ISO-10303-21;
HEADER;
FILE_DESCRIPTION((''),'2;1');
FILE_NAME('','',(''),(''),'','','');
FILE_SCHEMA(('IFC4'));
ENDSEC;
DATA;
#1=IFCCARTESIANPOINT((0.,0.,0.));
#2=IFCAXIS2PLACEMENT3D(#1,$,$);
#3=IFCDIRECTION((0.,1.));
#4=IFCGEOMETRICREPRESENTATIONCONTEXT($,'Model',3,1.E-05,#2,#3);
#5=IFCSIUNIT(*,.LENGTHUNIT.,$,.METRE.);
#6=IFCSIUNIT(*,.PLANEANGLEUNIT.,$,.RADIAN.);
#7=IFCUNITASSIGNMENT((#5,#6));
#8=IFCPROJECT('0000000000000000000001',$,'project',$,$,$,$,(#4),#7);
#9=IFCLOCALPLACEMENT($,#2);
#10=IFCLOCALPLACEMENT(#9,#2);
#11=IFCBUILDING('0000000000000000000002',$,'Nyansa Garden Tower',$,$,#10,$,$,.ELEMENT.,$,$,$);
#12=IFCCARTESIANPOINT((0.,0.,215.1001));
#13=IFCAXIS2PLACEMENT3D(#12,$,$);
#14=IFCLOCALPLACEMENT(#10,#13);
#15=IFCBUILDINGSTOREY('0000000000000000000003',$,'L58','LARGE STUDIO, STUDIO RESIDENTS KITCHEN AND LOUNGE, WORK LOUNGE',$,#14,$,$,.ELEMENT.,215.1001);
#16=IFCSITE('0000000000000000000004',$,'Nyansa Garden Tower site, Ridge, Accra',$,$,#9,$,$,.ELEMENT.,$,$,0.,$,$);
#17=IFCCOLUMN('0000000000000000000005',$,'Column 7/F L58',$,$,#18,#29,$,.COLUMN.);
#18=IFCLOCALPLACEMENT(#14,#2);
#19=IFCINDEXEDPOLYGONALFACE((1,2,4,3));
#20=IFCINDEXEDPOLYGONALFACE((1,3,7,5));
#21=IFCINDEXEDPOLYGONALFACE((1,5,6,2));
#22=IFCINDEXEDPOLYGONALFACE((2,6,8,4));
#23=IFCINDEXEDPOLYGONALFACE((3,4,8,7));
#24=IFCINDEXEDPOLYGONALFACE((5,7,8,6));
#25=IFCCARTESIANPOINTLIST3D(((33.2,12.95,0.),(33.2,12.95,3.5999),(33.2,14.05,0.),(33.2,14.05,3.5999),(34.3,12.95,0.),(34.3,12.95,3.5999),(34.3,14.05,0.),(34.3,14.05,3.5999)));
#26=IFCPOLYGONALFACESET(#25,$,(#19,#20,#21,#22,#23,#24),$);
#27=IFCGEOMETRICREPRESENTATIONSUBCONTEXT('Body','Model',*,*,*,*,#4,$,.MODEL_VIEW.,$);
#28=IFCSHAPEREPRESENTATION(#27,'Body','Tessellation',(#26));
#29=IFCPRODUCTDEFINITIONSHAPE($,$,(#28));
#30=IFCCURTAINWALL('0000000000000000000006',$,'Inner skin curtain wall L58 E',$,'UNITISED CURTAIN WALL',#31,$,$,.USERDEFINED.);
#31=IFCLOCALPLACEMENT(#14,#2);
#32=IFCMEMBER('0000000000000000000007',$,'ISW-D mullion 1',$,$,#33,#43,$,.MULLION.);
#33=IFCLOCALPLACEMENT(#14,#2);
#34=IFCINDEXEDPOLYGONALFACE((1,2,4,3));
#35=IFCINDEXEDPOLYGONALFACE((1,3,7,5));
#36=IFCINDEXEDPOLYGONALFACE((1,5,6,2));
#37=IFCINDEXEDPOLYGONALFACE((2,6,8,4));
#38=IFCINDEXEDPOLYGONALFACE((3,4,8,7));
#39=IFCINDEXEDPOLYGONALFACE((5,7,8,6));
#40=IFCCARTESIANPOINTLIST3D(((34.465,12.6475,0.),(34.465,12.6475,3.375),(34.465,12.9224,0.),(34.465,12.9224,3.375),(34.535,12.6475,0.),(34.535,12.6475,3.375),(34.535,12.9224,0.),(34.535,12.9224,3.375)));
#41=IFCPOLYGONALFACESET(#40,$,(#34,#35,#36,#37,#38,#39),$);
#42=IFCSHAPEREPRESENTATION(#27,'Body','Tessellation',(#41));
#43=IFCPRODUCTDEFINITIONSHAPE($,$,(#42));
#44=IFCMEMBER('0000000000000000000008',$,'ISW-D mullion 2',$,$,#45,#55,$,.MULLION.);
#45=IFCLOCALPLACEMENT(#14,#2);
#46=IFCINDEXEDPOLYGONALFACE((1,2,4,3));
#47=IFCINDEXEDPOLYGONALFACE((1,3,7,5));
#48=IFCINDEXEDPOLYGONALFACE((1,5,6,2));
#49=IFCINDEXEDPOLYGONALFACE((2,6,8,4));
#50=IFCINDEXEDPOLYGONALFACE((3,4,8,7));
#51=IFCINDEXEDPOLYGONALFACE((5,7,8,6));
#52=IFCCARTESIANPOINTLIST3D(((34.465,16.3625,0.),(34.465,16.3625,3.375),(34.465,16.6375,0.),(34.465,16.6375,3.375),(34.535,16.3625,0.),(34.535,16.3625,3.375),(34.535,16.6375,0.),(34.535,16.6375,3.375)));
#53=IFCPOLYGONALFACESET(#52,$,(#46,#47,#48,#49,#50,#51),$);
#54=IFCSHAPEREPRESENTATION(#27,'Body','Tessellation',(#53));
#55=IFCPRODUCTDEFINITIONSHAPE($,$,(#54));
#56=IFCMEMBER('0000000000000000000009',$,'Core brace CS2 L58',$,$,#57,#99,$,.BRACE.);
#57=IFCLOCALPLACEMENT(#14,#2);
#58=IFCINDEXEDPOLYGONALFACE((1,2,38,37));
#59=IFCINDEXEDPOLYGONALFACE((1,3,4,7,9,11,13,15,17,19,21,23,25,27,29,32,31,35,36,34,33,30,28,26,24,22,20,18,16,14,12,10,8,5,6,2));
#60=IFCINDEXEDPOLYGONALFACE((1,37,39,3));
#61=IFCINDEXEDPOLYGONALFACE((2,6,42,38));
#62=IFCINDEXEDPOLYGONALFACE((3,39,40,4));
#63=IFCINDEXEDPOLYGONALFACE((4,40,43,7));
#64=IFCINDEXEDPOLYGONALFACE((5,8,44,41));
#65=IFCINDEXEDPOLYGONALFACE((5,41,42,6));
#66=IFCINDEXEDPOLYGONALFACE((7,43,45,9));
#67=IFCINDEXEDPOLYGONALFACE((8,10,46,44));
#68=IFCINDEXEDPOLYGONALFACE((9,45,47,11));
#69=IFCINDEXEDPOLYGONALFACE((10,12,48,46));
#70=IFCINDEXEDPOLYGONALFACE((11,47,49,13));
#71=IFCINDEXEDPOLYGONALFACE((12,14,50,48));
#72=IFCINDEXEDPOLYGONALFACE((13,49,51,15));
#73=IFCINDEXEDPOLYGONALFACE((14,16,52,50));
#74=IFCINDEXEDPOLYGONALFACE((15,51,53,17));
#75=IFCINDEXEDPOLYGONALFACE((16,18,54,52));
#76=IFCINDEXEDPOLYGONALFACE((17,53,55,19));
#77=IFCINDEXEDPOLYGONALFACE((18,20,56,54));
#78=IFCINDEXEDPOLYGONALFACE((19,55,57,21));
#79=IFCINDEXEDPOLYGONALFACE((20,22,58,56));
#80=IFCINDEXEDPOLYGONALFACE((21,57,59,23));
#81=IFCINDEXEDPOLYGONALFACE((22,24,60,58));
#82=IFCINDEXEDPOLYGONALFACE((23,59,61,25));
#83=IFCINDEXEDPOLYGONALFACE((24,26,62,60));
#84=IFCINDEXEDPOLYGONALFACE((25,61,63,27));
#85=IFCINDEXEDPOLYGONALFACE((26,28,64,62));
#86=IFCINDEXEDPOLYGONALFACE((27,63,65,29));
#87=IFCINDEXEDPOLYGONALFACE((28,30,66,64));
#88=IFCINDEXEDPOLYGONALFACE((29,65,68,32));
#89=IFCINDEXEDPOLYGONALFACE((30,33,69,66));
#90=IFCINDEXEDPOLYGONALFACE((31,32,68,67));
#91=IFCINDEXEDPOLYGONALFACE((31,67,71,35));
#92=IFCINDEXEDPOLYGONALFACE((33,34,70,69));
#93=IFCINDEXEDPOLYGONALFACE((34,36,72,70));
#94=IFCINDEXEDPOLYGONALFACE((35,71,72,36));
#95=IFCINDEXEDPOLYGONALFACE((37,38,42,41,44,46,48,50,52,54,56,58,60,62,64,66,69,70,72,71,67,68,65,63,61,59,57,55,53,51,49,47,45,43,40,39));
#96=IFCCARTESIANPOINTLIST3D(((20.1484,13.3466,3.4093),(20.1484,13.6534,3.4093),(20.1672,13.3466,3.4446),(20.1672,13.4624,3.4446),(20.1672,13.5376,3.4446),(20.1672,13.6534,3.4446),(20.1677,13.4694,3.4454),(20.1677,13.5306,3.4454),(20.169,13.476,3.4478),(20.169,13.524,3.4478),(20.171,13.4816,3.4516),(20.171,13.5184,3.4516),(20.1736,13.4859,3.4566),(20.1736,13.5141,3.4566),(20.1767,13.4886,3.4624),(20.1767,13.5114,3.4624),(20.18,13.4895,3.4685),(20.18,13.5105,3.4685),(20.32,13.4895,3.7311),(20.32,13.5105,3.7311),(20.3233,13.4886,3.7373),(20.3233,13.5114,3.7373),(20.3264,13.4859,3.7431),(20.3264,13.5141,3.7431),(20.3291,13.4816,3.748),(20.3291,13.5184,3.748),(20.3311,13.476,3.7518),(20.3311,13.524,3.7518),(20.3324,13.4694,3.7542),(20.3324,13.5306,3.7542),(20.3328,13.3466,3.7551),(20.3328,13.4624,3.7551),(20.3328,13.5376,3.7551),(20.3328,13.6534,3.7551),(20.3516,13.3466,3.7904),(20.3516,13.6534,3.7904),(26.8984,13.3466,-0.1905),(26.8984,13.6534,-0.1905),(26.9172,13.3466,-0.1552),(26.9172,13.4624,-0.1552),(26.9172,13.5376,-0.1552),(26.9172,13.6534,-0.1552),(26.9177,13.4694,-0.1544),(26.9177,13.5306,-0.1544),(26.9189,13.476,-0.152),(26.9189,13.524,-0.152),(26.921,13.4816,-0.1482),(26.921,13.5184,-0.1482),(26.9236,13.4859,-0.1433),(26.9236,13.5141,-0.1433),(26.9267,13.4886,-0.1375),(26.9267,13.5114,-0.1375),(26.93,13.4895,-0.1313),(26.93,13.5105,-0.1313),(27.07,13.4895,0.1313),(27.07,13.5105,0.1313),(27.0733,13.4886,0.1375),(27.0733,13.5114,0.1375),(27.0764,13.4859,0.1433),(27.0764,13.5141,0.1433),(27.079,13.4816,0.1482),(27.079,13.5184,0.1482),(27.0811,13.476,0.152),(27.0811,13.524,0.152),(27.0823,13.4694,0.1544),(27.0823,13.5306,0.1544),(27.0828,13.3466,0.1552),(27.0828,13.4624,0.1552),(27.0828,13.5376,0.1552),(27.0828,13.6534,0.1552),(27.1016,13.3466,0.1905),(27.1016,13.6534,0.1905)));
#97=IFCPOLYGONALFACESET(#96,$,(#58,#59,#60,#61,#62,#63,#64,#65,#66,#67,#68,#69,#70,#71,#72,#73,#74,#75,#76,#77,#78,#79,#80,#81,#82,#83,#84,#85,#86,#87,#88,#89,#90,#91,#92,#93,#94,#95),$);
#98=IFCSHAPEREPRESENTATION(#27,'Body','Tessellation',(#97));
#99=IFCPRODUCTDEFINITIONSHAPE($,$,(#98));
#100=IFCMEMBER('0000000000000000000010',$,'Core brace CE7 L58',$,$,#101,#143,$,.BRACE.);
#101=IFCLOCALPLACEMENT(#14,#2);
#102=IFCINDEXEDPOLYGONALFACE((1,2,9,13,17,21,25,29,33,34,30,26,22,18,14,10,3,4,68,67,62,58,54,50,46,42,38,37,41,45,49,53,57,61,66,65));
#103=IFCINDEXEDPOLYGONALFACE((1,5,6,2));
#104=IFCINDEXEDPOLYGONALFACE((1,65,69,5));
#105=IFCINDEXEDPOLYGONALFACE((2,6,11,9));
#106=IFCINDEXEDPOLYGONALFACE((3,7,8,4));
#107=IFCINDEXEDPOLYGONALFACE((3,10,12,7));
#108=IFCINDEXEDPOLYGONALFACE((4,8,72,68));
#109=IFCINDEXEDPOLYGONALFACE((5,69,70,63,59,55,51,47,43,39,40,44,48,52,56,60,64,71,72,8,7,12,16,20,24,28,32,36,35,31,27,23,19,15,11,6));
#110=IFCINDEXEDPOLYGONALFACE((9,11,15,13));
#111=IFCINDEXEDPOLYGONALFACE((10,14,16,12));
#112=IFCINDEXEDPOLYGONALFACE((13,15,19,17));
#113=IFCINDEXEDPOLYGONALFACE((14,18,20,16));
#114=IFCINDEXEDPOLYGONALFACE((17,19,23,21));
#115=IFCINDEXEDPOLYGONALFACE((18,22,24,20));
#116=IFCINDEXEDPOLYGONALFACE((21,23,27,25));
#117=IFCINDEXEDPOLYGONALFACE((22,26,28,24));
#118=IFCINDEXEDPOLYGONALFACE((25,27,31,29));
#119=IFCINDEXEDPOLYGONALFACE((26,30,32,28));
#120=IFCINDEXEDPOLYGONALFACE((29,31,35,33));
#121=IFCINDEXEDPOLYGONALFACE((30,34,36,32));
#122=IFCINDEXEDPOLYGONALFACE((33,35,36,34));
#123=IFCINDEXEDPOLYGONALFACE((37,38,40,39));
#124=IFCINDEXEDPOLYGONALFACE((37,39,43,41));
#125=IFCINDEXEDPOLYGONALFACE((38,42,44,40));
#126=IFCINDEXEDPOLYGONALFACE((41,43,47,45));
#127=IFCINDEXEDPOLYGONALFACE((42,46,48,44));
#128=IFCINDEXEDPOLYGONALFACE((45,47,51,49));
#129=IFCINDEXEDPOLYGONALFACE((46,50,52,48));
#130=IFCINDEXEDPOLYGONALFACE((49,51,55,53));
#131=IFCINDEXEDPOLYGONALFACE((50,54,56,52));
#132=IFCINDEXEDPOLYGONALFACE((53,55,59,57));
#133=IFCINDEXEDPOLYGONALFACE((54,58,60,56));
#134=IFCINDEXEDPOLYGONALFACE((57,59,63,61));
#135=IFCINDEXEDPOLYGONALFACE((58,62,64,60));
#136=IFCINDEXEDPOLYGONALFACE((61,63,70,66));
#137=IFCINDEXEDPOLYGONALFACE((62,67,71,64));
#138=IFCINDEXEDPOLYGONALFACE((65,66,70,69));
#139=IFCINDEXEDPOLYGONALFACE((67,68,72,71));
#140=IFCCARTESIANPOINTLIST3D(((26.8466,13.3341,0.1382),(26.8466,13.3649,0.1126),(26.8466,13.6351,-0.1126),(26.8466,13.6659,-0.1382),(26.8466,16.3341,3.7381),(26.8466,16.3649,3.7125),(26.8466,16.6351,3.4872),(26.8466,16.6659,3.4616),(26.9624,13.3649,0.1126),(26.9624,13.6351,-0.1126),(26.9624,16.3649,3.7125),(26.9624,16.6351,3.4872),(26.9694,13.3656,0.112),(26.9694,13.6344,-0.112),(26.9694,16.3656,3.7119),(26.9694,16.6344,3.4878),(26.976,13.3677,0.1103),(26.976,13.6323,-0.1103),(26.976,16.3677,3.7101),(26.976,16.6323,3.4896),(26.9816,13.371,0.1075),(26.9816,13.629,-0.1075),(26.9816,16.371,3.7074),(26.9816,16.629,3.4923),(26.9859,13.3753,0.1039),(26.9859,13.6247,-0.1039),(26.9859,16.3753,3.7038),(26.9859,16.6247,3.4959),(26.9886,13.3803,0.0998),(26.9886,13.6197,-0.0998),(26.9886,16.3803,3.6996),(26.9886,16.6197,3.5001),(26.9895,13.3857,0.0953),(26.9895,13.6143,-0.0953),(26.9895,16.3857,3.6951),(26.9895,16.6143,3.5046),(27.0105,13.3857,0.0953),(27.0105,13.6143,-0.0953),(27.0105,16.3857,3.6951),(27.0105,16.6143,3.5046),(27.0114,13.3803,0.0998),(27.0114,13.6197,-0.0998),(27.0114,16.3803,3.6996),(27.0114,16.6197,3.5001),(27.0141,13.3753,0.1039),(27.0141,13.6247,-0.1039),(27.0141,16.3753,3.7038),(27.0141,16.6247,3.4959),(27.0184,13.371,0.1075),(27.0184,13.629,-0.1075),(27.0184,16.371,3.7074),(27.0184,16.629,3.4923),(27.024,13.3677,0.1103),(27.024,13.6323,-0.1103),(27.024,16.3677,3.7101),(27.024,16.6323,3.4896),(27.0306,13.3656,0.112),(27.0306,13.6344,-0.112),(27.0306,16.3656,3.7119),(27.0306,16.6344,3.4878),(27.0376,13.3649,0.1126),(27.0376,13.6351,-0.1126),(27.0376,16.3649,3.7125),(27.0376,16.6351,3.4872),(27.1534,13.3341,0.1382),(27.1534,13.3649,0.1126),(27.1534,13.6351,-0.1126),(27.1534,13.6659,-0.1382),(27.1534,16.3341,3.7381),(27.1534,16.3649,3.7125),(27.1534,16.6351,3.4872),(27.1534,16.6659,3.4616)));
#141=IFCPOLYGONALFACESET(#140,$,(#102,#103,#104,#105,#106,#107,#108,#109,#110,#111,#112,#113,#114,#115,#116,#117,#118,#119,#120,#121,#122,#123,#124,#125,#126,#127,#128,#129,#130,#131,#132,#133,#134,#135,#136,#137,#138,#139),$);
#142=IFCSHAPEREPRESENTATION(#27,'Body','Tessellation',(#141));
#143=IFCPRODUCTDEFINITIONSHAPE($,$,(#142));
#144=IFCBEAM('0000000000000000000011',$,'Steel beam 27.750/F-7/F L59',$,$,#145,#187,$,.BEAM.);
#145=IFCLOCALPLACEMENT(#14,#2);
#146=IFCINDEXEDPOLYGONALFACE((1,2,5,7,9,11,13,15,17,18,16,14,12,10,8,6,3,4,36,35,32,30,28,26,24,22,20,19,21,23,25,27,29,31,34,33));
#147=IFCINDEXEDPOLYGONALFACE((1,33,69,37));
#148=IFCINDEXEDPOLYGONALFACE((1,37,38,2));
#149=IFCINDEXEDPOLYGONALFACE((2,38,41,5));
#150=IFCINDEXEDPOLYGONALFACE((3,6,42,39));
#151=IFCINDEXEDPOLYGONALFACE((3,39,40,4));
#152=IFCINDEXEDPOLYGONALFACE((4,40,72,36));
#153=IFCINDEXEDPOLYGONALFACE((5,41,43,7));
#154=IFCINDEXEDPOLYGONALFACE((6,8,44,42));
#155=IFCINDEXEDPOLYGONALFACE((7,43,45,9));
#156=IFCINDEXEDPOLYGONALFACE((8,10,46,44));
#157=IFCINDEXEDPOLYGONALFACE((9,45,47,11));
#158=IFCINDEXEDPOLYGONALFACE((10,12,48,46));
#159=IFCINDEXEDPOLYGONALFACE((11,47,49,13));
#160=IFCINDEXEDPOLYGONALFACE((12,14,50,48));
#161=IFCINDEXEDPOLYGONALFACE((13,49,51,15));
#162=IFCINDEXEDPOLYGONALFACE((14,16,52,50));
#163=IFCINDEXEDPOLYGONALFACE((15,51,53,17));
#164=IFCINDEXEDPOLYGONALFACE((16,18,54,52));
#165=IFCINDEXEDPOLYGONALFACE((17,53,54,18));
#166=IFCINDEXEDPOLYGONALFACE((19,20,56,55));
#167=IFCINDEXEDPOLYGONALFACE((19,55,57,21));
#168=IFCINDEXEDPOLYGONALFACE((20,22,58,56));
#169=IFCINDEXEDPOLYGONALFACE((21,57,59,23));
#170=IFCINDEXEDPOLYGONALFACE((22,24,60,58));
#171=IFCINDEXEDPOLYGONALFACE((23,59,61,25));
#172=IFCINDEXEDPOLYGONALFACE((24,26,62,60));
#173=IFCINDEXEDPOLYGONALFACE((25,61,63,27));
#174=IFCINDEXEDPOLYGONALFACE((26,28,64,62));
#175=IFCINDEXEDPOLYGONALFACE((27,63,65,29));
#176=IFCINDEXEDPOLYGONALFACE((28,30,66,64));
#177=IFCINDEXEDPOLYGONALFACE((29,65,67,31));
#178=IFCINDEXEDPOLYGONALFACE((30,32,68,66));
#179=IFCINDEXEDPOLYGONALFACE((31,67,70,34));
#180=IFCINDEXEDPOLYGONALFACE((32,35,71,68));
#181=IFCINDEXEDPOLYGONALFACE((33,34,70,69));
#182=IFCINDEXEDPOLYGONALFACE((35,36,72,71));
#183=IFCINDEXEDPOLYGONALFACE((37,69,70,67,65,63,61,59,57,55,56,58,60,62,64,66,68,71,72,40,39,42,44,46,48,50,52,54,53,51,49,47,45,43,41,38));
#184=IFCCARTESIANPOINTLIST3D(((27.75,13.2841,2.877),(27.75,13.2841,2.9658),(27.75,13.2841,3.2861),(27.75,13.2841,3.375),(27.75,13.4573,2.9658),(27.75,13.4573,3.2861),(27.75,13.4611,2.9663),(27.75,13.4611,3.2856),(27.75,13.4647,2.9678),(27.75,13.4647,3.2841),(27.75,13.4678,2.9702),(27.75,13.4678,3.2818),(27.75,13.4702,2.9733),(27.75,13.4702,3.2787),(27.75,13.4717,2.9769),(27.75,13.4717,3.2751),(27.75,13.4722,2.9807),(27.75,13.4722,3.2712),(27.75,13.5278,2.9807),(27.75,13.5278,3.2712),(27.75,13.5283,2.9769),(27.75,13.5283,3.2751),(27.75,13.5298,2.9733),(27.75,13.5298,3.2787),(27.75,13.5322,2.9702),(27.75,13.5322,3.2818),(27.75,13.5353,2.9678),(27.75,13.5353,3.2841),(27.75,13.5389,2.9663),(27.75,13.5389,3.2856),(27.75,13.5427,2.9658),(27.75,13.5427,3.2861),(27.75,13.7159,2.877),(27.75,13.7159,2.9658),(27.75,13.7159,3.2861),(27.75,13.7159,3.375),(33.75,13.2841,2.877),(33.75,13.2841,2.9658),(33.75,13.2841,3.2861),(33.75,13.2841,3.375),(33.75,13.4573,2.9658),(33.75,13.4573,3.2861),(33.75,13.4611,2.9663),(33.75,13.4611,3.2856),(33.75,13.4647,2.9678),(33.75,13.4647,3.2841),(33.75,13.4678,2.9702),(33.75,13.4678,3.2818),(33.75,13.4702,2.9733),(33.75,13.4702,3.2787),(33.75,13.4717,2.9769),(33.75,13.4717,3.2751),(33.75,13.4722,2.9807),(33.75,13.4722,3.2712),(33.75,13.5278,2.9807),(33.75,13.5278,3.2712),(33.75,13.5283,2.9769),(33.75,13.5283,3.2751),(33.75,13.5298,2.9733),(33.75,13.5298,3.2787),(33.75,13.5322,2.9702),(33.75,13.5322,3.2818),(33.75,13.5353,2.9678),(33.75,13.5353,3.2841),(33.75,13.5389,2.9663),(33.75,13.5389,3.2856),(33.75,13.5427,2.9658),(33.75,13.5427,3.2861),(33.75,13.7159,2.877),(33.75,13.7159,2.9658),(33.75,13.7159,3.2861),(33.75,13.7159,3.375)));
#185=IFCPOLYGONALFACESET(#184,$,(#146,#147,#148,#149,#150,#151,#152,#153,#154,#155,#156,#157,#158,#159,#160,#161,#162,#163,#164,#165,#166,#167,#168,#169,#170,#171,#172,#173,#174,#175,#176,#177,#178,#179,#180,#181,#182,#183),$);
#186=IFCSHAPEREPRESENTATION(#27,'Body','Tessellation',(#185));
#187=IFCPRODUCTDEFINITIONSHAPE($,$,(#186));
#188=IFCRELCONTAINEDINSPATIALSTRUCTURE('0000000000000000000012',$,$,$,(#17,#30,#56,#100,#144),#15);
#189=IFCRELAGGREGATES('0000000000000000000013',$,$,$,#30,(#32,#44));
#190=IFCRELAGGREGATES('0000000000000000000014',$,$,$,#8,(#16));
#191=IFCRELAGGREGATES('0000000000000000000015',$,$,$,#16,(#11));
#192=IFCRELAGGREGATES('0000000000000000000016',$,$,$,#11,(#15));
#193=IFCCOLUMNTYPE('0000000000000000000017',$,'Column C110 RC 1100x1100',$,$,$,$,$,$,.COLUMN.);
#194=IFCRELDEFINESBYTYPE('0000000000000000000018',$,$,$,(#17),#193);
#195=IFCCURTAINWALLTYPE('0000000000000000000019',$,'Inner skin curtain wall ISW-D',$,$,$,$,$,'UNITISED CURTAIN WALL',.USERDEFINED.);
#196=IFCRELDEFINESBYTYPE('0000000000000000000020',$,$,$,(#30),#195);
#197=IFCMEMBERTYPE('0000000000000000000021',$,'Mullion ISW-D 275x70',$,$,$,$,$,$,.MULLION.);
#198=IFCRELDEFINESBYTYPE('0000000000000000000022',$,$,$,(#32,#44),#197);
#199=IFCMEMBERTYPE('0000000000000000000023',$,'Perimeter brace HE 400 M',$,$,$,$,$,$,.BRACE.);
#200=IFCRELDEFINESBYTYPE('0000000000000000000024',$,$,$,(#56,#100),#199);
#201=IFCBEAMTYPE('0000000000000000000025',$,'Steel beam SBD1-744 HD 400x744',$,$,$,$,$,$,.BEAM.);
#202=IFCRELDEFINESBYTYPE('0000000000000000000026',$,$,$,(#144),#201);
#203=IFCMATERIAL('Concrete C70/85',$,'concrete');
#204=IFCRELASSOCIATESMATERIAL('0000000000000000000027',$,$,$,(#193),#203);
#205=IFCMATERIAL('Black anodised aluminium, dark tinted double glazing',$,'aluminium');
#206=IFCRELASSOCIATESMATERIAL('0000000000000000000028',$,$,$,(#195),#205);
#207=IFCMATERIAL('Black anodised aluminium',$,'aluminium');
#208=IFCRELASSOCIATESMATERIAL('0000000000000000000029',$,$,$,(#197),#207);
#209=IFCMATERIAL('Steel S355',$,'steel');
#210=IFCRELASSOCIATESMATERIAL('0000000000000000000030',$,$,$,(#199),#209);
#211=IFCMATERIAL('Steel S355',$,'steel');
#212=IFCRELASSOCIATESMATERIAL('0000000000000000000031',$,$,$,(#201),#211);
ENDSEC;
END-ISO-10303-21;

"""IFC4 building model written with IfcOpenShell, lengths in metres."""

from ifc_helpers import new_model, si_unit, direction, frame, origin, origin_2d, place, context, subcontext, project, spatial, rectangle, i_section, extrude, material, material_profile, profile_set, type_object, element, aggregate, save


model = new_model("IFC4")

# Units and contexts
model_context = context("Model", 3, precision=1e-05, world=origin(), true_north=direction((0.0, 1.0)))
body_context = subcontext(model_context, "Body", "Model", "MODEL_VIEW")
ifc_project = project(units=[si_unit("LENGTHUNIT", "METRE"), si_unit("PLANEANGLEUNIT", "RADIAN")], contexts=[model_context])

# Site, building, storey
site_placement = place(None, origin())
site = spatial("IfcSite", under=ifc_project, at=site_placement, Name="Nyansa Garden Tower site, Ridge, Accra", CompositionType="ELEMENT", RefElevation=0.0)
building_placement = place(site_placement, origin())
building = spatial("IfcBuilding", under=site, at=building_placement, Name="Nyansa Garden Tower", CompositionType="ELEMENT")
storey_placement = place(building_placement, frame((0.0, 0.0, 215.1001)))
storey = spatial("IfcBuildingStorey", under=building, at=storey_placement, Name="L58", Description="LARGE STUDIO, STUDIO RESIDENTS KITCHEN AND LOUNGE, WORK LOUNGE", CompositionType="ELEMENT", Elevation=215.1001)

# Column
ifc_material_1 = material(Name="Concrete C70/85", Category="concrete")
ifc_material_profile_1 = material_profile(ifc_material_1, rectangle(XDim=1.1001, YDim=1.1001, at=origin_2d()), Name="RC 1100x1100")
ifc_profile_set_1 = profile_set([ifc_material_profile_1], Name="Concrete C70/85")
column_type = type_object("IfcColumnType", Name="Column C110 RC 1100x1100", PredefinedType="COLUMN", material=ifc_profile_set_1)
column_placement = place(storey_placement, frame((33.75, 13.5, 0.0), z_axis=(0.0, 0.0, 1.0), x_axis=(1.0, 0.0, 0.0)))
element("IfcColumn", 1, at=column_placement, inside=storey, type_object=column_type, Name="Column 7/F L58", PredefinedType="COLUMN", context=body_context, shape_type="SweptSolid", body=[
    extrude(rectangle(XDim=1.1001, YDim=1.1001, at=origin_2d()), origin(), (0.0, 0.0, 1.0), 3.5999),
])

# Curtain wall, members
ifc_material_2 = material(Name="Black anodised aluminium, dark tinted double glazing", Category="aluminium")
curtain_wall_type = type_object("IfcCurtainWallType", Name="Inner skin curtain wall ISW-D", ElementType="UNITISED CURTAIN WALL", PredefinedType="USERDEFINED", material=ifc_material_2)
curtain_wall_placement = place(storey_placement, origin())
curtain_wall = element("IfcCurtainWall", 2, at=curtain_wall_placement, inside=storey, type_object=curtain_wall_type, Name="Inner skin curtain wall L58 E", ObjectType="UNITISED CURTAIN WALL", PredefinedType="USERDEFINED")
ifc_material_3 = material(Name="Black anodised aluminium", Category="aluminium")
ifc_material_profile_2 = material_profile(ifc_material_3, rectangle(XDim=0.0701, YDim=0.2749, at=origin_2d()), Name="Mullion 275x70")
ifc_profile_set_2 = profile_set([ifc_material_profile_2], Name="Black anodised aluminium")
member_type_1 = type_object("IfcMemberType", Name="Mullion ISW-D 275x70", PredefinedType="MULLION", material=ifc_profile_set_2)
member_1_placement = place(storey_placement, frame((34.5, 12.7849, 0.0), z_axis=(0.0, 0.0, 1.0), x_axis=(-1.0, 0.0, 0.0)))
member_1 = element("IfcMember", 3, at=member_1_placement, type_object=member_type_1, Name="ISW-D mullion 1", PredefinedType="MULLION", context=body_context, shape_type="SweptSolid", body=[
    extrude(rectangle(XDim=0.0701, YDim=0.2749, at=origin_2d()), origin(), (0.0, 0.0, 1.0), 3.375),
])
member_2_placement = place(storey_placement, frame((34.5, 16.5, 0.0), z_axis=(0.0, 0.0, 1.0), x_axis=(-1.0, 0.0, 0.0)))
member_2 = element("IfcMember", 4, at=member_2_placement, type_object=member_type_1, Name="ISW-D mullion 2", PredefinedType="MULLION", context=body_context, shape_type="SweptSolid", body=[
    extrude(rectangle(XDim=0.0701, YDim=0.2749, at=origin_2d()), origin(), (0.0, 0.0, 1.0), 3.375),
])

# Members
ifc_material_4 = material(Name="Steel S355", Category="steel")
ifc_material_profile_3 = material_profile(ifc_material_4, i_section(OverallWidth=0.3069, OverallDepth=0.4319, WebThickness=0.021, FlangeThickness=0.04, FilletRadius=0.0271, at=origin_2d()), Name="HE 400 M")
ifc_profile_set_3 = profile_set([ifc_material_profile_3], Name="Steel S355")
member_type_2 = type_object("IfcMemberType", Name="Perimeter brace HE 400 M", PredefinedType="BRACE", material=ifc_profile_set_3)
member_3_placement = place(storey_placement, frame((27.0, 13.5, 0.0), z_axis=(-0.882361, 0.0, 0.470573), x_axis=(0.0, -1.0, 0.0)))
element("IfcMember", 5, at=member_3_placement, inside=storey, type_object=member_type_2, Name="Core brace CS2 L58", PredefinedType="BRACE", context=body_context, shape_type="SweptSolid", body=[
    extrude(i_section(OverallWidth=0.3069, OverallDepth=0.4319, WebThickness=0.021, FlangeThickness=0.04, FilletRadius=0.0271, at=origin_2d()), origin(), (0.0, 0.0, 1.0), 7.6499),
])
member_4_placement = place(storey_placement, frame((27.0, 13.5, 0.0), z_axis=(0.0, 0.6402, 0.768208), x_axis=(-1.0, 0.0, 0.0)))
element("IfcMember", 6, at=member_4_placement, inside=storey, type_object=member_type_2, Name="Core brace CE7 L58", PredefinedType="BRACE", context=body_context, shape_type="SweptSolid", body=[
    extrude(i_section(OverallWidth=0.3069, OverallDepth=0.4319, WebThickness=0.021, FlangeThickness=0.04, FilletRadius=0.0271, at=origin_2d()), origin(), (0.0, 0.0, 1.0), 4.686),
])

# Beam
ifc_material_5 = material(Name="Steel S355", Category="steel")
ifc_material_profile_4 = material_profile(ifc_material_5, i_section(OverallWidth=0.4319, OverallDepth=0.498, WebThickness=0.0557, FlangeThickness=0.0889, FilletRadius=0.0149, at=origin_2d()), Name="HD 400x744")
ifc_profile_set_4 = profile_set([ifc_material_profile_4], Name="Steel S355")
beam_type_1 = type_object("IfcBeamType", Name="Steel beam SBD1-744 HD 400x744", PredefinedType="BEAM", material=ifc_profile_set_4)
beam_1_placement = place(storey_placement, frame((27.75, 13.5, 3.126), z_axis=(1.0, 0.0, 0.0), x_axis=(0.0, 1.0, 0.0)))
element("IfcBeam", 7, at=beam_1_placement, inside=storey, type_object=beam_type_1, Name="Steel beam 27.750/F-7/F L59", PredefinedType="BEAM", context=body_context, shape_type="SweptSolid", body=[
    extrude(i_section(OverallWidth=0.4319, OverallDepth=0.498, WebThickness=0.0557, FlangeThickness=0.0889, FilletRadius=0.0149, at=origin_2d()), origin(), (0.0, 0.0, 1.0), 6.0),
])

aggregate(curtain_wall, [member_1, member_2])

save(model, "model.ifc")
